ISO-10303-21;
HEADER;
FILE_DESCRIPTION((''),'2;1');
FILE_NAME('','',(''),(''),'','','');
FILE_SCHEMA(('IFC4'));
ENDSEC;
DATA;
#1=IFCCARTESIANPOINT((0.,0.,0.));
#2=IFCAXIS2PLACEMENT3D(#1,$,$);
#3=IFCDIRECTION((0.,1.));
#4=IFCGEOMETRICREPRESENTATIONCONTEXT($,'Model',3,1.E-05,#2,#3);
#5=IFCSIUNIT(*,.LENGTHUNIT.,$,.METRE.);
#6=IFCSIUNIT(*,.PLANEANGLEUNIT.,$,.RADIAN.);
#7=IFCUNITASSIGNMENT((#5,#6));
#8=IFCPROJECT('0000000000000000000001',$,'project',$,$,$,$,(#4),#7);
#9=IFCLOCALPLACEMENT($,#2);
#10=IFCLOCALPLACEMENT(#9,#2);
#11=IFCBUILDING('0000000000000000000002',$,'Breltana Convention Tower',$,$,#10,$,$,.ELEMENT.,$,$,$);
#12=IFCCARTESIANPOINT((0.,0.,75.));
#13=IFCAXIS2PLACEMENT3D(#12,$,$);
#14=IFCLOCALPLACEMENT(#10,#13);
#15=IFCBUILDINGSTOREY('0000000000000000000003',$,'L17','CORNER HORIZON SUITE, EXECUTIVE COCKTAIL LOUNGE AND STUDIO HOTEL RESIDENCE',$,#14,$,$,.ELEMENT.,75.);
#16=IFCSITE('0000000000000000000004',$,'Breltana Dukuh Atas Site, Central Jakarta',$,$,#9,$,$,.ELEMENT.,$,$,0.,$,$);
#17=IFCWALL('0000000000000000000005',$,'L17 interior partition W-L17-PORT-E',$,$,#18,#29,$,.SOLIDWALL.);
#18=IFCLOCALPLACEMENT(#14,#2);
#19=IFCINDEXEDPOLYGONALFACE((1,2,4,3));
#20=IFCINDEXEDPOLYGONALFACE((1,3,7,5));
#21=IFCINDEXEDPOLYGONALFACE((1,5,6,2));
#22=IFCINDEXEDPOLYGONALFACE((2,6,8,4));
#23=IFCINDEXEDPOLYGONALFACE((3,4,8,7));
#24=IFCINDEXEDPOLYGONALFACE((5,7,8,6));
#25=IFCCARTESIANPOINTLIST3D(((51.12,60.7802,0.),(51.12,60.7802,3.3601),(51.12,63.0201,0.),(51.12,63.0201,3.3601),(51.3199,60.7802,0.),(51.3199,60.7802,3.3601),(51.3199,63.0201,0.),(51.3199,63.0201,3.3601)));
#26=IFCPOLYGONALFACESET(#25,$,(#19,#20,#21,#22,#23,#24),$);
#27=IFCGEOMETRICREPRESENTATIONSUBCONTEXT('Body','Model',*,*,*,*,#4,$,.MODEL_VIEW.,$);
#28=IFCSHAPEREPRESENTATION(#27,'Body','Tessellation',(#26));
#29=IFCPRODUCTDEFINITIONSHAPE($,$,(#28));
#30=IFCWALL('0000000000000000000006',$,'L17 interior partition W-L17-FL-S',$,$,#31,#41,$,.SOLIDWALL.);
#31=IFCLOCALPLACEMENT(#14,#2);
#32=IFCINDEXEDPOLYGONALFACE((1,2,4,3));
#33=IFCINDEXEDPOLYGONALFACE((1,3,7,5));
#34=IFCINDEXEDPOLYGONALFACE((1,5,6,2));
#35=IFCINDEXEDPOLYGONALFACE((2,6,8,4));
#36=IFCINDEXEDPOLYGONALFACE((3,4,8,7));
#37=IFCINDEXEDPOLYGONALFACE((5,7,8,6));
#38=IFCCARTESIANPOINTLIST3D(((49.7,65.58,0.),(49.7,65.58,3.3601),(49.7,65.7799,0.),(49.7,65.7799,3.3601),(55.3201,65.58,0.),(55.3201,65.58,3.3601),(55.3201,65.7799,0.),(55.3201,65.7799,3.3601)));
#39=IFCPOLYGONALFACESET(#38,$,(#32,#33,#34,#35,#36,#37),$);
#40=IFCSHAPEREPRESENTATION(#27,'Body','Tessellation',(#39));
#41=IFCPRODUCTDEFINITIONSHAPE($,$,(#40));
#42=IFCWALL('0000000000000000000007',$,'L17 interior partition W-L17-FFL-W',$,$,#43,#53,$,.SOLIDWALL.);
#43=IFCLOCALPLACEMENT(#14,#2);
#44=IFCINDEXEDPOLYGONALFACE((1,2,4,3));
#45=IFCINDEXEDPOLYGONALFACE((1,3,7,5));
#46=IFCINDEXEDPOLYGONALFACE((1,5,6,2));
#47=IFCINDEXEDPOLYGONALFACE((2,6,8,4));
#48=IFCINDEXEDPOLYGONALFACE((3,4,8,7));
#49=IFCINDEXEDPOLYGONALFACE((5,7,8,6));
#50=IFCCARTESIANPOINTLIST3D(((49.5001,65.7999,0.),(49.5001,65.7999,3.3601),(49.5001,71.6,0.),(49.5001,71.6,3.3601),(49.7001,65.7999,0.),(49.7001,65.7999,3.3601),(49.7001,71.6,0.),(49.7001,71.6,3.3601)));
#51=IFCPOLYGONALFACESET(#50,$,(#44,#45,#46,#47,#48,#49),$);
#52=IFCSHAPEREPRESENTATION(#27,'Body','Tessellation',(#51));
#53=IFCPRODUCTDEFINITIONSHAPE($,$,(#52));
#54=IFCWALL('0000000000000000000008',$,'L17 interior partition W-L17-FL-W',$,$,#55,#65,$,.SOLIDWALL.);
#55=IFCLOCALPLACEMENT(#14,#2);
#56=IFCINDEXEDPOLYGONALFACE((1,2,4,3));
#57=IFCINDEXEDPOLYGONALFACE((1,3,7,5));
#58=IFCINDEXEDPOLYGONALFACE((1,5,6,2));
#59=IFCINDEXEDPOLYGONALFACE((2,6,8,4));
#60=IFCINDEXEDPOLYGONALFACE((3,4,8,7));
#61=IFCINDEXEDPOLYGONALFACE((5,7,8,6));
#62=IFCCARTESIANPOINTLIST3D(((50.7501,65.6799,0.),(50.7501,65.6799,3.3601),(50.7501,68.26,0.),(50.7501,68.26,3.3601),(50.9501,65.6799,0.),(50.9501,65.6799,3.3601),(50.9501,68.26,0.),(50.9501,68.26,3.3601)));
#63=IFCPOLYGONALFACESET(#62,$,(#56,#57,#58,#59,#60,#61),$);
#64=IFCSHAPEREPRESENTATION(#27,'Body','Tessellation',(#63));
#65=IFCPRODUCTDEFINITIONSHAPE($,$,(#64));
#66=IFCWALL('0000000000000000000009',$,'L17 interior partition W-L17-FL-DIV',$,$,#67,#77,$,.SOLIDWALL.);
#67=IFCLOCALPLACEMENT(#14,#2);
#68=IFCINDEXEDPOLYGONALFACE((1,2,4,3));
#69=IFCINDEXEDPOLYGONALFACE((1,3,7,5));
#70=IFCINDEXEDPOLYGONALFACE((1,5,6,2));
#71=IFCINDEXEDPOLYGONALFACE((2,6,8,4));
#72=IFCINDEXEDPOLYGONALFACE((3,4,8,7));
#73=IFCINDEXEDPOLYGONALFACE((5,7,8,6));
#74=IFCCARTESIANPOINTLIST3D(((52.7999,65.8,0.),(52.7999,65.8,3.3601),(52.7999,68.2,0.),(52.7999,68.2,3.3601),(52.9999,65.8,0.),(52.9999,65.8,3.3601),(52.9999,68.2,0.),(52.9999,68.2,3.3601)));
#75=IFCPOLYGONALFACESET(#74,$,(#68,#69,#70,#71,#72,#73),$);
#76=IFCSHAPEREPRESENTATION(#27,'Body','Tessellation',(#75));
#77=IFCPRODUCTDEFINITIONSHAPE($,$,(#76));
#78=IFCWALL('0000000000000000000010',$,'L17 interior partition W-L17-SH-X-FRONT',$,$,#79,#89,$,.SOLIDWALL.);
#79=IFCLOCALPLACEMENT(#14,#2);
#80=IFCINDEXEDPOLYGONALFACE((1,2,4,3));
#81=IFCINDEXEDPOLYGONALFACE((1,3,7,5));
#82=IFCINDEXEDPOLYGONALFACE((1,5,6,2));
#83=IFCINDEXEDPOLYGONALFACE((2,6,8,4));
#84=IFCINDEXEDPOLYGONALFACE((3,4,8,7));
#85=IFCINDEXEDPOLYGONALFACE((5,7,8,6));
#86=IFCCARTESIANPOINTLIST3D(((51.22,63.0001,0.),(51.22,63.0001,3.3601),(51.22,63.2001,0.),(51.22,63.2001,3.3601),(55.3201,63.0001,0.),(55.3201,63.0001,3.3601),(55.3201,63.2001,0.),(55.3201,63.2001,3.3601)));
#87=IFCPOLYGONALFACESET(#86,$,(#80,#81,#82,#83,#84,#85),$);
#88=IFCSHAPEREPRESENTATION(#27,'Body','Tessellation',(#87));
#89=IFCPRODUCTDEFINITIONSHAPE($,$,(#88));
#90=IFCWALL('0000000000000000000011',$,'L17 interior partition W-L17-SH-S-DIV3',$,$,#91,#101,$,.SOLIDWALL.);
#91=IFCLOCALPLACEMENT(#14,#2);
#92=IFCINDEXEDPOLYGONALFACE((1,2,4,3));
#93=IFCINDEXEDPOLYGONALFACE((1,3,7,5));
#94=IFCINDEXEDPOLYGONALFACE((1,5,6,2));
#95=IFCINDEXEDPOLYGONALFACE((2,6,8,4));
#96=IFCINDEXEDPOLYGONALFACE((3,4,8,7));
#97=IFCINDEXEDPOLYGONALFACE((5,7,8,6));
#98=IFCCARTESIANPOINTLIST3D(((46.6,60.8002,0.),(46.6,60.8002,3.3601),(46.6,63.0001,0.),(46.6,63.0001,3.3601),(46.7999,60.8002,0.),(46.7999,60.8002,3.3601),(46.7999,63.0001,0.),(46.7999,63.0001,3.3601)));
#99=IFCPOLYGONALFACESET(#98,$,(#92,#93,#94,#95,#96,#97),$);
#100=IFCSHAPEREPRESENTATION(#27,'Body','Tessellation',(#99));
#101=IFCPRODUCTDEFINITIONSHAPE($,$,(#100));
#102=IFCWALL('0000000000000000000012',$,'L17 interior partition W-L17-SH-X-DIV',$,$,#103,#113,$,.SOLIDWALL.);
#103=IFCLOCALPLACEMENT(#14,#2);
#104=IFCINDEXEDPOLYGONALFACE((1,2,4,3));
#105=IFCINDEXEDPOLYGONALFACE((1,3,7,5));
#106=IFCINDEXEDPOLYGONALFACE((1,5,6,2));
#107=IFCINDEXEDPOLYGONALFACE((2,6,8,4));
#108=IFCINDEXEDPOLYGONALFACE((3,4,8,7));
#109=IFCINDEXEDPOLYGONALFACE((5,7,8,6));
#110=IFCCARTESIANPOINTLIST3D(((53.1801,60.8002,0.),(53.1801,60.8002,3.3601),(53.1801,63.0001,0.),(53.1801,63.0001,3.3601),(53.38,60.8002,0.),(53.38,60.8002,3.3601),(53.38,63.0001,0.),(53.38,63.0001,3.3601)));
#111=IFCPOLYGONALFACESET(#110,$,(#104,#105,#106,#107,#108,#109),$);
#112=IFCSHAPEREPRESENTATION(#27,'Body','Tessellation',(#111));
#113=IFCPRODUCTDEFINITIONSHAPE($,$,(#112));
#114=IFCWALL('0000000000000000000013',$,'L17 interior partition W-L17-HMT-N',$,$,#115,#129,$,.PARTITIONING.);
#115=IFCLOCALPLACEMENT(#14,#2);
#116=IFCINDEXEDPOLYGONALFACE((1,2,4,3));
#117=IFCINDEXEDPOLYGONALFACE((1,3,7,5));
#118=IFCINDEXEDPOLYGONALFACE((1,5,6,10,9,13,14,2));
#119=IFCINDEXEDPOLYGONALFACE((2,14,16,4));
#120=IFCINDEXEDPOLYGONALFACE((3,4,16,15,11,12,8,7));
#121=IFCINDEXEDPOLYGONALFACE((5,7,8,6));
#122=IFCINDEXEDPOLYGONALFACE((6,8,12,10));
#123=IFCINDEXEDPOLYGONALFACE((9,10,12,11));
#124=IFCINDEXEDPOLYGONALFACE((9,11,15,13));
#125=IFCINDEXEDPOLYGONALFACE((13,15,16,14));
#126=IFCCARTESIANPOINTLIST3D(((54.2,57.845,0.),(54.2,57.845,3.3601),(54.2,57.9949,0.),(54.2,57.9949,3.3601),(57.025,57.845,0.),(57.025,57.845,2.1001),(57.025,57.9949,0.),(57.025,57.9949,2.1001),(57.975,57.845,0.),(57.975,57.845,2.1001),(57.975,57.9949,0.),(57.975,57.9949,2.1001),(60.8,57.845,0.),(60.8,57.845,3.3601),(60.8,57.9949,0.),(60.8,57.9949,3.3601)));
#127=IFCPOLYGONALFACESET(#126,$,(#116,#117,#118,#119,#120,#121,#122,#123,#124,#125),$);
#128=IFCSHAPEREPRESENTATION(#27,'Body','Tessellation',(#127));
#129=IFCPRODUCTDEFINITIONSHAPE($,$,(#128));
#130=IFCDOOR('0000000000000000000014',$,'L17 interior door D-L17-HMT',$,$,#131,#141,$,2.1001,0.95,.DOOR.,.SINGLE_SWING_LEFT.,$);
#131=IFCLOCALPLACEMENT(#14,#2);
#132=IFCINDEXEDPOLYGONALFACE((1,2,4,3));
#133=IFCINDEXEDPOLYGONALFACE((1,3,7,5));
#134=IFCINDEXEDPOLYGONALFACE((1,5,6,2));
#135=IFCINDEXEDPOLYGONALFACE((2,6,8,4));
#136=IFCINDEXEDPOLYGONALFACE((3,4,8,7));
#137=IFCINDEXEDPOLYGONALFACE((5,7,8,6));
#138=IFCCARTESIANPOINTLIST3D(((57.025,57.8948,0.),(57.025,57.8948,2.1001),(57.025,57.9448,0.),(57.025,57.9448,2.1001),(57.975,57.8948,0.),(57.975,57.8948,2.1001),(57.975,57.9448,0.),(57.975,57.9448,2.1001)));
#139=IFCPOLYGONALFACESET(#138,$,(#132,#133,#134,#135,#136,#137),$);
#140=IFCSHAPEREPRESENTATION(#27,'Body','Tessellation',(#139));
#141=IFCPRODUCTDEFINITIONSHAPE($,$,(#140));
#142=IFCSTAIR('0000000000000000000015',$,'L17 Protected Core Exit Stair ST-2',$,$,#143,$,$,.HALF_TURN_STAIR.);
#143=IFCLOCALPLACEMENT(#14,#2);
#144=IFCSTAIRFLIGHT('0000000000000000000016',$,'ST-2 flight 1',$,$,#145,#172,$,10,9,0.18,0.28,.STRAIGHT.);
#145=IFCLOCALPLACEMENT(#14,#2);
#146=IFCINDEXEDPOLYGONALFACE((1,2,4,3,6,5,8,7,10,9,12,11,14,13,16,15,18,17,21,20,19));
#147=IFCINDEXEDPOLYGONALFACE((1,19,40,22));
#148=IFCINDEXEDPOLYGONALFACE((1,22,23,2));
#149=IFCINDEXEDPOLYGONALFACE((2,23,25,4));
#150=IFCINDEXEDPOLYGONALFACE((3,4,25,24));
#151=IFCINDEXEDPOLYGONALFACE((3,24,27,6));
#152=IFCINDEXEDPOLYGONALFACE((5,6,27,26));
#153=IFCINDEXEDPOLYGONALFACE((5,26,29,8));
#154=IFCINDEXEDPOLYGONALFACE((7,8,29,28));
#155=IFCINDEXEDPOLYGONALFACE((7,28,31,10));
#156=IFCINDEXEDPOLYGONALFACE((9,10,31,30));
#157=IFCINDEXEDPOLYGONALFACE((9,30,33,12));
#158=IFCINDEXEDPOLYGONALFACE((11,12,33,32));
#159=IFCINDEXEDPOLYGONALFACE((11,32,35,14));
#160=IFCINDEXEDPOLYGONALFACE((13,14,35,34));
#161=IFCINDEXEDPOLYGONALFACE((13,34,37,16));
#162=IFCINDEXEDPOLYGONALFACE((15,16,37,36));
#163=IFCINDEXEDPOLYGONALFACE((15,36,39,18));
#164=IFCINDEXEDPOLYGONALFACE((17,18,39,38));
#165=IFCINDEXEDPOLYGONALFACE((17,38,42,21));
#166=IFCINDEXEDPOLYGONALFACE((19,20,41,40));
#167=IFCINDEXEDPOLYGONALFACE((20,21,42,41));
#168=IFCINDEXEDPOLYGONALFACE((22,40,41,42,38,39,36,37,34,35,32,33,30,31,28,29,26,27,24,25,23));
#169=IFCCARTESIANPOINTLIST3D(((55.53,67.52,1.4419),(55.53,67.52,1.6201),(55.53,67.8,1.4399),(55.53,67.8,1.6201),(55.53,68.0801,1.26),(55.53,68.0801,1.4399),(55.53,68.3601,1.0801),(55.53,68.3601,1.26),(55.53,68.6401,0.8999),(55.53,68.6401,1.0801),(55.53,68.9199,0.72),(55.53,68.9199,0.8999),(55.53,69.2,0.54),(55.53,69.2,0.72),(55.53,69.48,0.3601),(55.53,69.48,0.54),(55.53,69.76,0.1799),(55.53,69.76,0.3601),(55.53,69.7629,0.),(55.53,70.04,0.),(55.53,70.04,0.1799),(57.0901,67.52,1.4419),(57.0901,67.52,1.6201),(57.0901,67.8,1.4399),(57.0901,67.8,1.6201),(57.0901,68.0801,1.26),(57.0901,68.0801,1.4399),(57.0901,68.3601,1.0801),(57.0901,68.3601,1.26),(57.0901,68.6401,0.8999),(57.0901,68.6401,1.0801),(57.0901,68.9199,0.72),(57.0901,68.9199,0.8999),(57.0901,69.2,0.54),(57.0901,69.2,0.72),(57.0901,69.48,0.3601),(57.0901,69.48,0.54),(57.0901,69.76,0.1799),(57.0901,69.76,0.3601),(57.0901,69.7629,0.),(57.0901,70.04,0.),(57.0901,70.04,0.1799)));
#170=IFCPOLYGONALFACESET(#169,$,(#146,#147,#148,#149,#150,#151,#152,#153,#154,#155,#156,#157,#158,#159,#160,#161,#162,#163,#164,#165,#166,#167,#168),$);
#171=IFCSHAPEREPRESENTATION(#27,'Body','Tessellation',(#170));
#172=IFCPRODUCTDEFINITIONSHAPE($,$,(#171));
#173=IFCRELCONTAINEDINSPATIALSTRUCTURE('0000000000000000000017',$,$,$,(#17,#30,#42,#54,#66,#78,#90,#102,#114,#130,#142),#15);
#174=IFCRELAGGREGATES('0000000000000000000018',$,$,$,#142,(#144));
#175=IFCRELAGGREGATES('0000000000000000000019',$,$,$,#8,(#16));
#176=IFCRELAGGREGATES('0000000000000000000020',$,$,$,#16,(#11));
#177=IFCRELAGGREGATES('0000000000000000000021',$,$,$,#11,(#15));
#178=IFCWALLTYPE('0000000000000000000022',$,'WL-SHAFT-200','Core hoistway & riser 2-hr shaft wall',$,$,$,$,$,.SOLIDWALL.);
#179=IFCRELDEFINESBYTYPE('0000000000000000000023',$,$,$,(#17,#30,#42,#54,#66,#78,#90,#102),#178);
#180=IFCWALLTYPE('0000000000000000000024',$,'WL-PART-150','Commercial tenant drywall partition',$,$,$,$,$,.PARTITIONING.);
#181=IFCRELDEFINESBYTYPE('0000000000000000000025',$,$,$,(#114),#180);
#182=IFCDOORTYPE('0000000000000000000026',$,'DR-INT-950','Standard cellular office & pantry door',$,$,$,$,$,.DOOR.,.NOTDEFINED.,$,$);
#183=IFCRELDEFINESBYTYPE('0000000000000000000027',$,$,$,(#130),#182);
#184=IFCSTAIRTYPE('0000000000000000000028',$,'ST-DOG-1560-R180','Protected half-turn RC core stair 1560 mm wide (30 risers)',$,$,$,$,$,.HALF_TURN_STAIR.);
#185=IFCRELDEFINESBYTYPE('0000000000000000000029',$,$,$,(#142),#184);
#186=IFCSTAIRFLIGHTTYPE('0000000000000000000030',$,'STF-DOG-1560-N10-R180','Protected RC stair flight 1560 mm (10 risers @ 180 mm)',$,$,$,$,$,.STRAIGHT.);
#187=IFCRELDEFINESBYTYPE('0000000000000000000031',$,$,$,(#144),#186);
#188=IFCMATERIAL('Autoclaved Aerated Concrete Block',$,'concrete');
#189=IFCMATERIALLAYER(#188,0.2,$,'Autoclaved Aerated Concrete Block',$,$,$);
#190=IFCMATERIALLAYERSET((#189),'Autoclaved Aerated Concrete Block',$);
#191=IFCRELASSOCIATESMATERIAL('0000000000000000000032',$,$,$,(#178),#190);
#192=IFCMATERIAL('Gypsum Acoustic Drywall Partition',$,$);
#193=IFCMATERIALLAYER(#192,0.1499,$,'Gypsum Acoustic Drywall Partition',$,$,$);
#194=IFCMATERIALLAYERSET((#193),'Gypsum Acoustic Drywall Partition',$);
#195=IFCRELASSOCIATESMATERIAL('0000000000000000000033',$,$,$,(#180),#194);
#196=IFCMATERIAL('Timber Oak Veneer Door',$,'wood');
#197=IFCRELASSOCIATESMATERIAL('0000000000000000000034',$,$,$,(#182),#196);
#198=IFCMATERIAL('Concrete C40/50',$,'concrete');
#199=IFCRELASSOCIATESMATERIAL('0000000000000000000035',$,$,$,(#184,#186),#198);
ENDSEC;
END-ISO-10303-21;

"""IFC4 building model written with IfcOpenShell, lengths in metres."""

from ifc_helpers import new_model, si_unit, direction, frame, frame_2d, origin, place, context, subcontext, project, spatial, polyline, rectangle, outline, extrude, source, transform, mapped, material, layer, layer_set, type_object, type_shapes, element, fill, aggregate, save


model = new_model("IFC4")

# Units and contexts
model_context = context("Model", 3, precision=1e-05, world=origin(), true_north=direction((0.0, 1.0)))
body_context = subcontext(model_context, "Body", "Model", "MODEL_VIEW")
ifc_project = project(units=[si_unit("LENGTHUNIT", "METRE"), si_unit("PLANEANGLEUNIT", "RADIAN")], contexts=[model_context])

# Site, building, storey
site_placement = place(None, origin())
site = spatial("IfcSite", under=ifc_project, at=site_placement, Name="Breltana Dukuh Atas Site, Central Jakarta", CompositionType="ELEMENT", RefElevation=0.0)
building_placement = place(site_placement, origin())
building = spatial("IfcBuilding", under=site, at=building_placement, Name="Breltana Convention Tower", CompositionType="ELEMENT")
storey_placement = place(building_placement, frame((0.0, 0.0, 75.0)))
storey = spatial("IfcBuildingStorey", under=building, at=storey_placement, Name="L17", Description="CORNER HORIZON SUITE, EXECUTIVE COCKTAIL LOUNGE AND STUDIO HOTEL RESIDENCE", CompositionType="ELEMENT", Elevation=75.0)

# Wall
ifc_material_1 = material(Name="Autoclaved Aerated Concrete Block", Category="concrete")
ifc_layer_1 = layer(ifc_material_1, 0.2, Name="Autoclaved Aerated Concrete Block")
ifc_layer_set_1 = layer_set([ifc_layer_1], Name="Autoclaved Aerated Concrete Block")
wall_type_1 = type_object("IfcWallType", Name="WL-SHAFT-200", Description="Core hoistway & riser 2-hr shaft wall", PredefinedType="SOLIDWALL", material=ifc_layer_set_1)
shared_shape_1 = source(origin(), body_context, "Body", "SweptSolid", [
    extrude(rectangle(XDim=2.24, YDim=0.2, at=frame_2d((1.1201, 0.0))), origin(), (0.0, 0.0, 1.0), 3.3601),
])
for number, where, z_axis, x_axis, name in (
    (1, (51.22, 60.78, 0.0), (0.0, 0.0, 1.0), (0.0, 1.0, 0.0), "L17 interior partition W-L17-PORT-E"),
):
    element("IfcWall", number, at=place(storey_placement, frame(where, z_axis=z_axis, x_axis=x_axis)), inside=storey, type_object=wall_type_1, Name=name, PredefinedType="SOLIDWALL", context=body_context, shape_type="MappedRepresentation", body=[
        mapped(shared_shape_1, transform((0.0, 0.0, 0.0), scale=1.0)),
    ])

# Shared definitions
shared_shape_2 = source(origin(), body_context, "Body", "SweptSolid", [
    extrude(rectangle(XDim=5.6201, YDim=0.2, at=frame_2d((2.8101, 0.0))), origin(), (0.0, 0.0, 1.0), 3.3601),
])

# Walls
wall_1_placement = place(storey_placement, frame((49.7, 65.6799, 0.0), z_axis=(0.0, 0.0, 1.0), x_axis=(1.0, 0.0, 0.0)))
element("IfcWall", 2, at=wall_1_placement, inside=storey, type_object=wall_type_1, Name="L17 interior partition W-L17-FL-S", PredefinedType="SOLIDWALL", context=body_context, shape_type="MappedRepresentation", body=[
    mapped(shared_shape_2, transform((0.0, 0.0, 0.0), scale=1.0)),
])
shared_shape_3 = source(origin(), body_context, "Body", "SweptSolid", [
    extrude(rectangle(XDim=5.8, YDim=0.2, at=frame_2d((2.8999, 0.0))), origin(), (0.0, 0.0, 1.0), 3.3601),
])
wall_2_placement = place(storey_placement, frame((49.6001, 65.8, 0.0), z_axis=(0.0, 0.0, 1.0), x_axis=(0.0, 1.0, 0.0)))
element("IfcWall", 3, at=wall_2_placement, inside=storey, type_object=wall_type_1, Name="L17 interior partition W-L17-FFL-W", PredefinedType="SOLIDWALL", context=body_context, shape_type="MappedRepresentation", body=[
    mapped(shared_shape_3, transform((0.0, 0.0, 0.0), scale=1.0)),
])
shared_shape_4 = source(origin(), body_context, "Body", "SweptSolid", [
    extrude(rectangle(XDim=2.5801, YDim=0.2, at=frame_2d((1.29, 0.0))), origin(), (0.0, 0.0, 1.0), 3.3601),
])
wall_3_placement = place(storey_placement, frame((50.8501, 65.6799, 0.0), z_axis=(0.0, 0.0, 1.0), x_axis=(0.0, 1.0, 0.0)))
element("IfcWall", 4, at=wall_3_placement, inside=storey, type_object=wall_type_1, Name="L17 interior partition W-L17-FL-W", PredefinedType="SOLIDWALL", context=body_context, shape_type="MappedRepresentation", body=[
    mapped(shared_shape_4, transform((0.0, 0.0, 0.0), scale=1.0)),
])
shared_shape_5 = source(origin(), body_context, "Body", "SweptSolid", [
    extrude(rectangle(XDim=2.3999, YDim=0.2, at=frame_2d((1.2, 0.0))), origin(), (0.0, 0.0, 1.0), 3.3601),
])
wall_4_placement = place(storey_placement, frame((52.8999, 65.8, 0.0), z_axis=(0.0, 0.0, 1.0), x_axis=(0.0, 1.0, 0.0)))
element("IfcWall", 5, at=wall_4_placement, inside=storey, type_object=wall_type_1, Name="L17 interior partition W-L17-FL-DIV", PredefinedType="SOLIDWALL", context=body_context, shape_type="MappedRepresentation", body=[
    mapped(shared_shape_5, transform((0.0, 0.0, 0.0), scale=1.0)),
])
shared_shape_6 = source(origin(), body_context, "Body", "SweptSolid", [
    extrude(rectangle(XDim=4.1001, YDim=0.2, at=frame_2d((2.05, 0.0))), origin(), (0.0, 0.0, 1.0), 3.3601),
])
wall_5_placement = place(storey_placement, frame((51.22, 63.1001, 0.0), z_axis=(0.0, 0.0, 1.0), x_axis=(1.0, 0.0, 0.0)))
element("IfcWall", 6, at=wall_5_placement, inside=storey, type_object=wall_type_1, Name="L17 interior partition W-L17-SH-X-FRONT", PredefinedType="SOLIDWALL", context=body_context, shape_type="MappedRepresentation", body=[
    mapped(shared_shape_6, transform((0.0, 0.0, 0.0), scale=1.0)),
])
shared_shape_7 = source(origin(), body_context, "Body", "SweptSolid", [
    extrude(rectangle(XDim=2.2, YDim=0.2, at=frame_2d((1.1001, 0.0))), origin(), (0.0, 0.0, 1.0), 3.3601),
])
for number, where, z_axis, x_axis, name in (
    (7, (46.7, 60.8, 0.0), (0.0, 0.0, 1.0), (0.0, 1.0, 0.0), "L17 interior partition W-L17-SH-S-DIV3"),
    (8, (53.28, 60.8, 0.0), (0.0, 0.0, 1.0), (0.0, 1.0, 0.0), "L17 interior partition W-L17-SH-X-DIV"),
):
    element("IfcWall", number, at=place(storey_placement, frame(where, z_axis=z_axis, x_axis=x_axis)), inside=storey, type_object=wall_type_1, Name=name, PredefinedType="SOLIDWALL", context=body_context, shape_type="MappedRepresentation", body=[
        mapped(shared_shape_7, transform((0.0, 0.0, 0.0), scale=1.0)),
    ])

# Wall, opening, door
ifc_material_2 = material(Name="Gypsum Acoustic Drywall Partition")
ifc_layer_2 = layer(ifc_material_2, 0.1499, Name="Gypsum Acoustic Drywall Partition")
ifc_layer_set_2 = layer_set([ifc_layer_2], Name="Gypsum Acoustic Drywall Partition")
wall_type_2 = type_object("IfcWallType", Name="WL-PART-150", Description="Commercial tenant drywall partition", PredefinedType="PARTITIONING", material=ifc_layer_set_2)
shared_shape_8 = source(origin(), body_context, "Body", "SweptSolid", [
    extrude(rectangle(XDim=6.6001, YDim=0.1499, at=frame_2d((3.3, 0.0))), origin(), (0.0, 0.0, 1.0), 3.3601),
])
wall_6_placement = place(storey_placement, frame((54.2, 57.9199, 0.0), z_axis=(0.0, 0.0, 1.0), x_axis=(1.0, 0.0, 0.0)))
wall_6 = element("IfcWall", 9, at=wall_6_placement, inside=storey, type_object=wall_type_2, Name="L17 interior partition W-L17-HMT-N", PredefinedType="PARTITIONING", context=body_context, shape_type="MappedRepresentation", body=[
    mapped(shared_shape_8, transform((0.0, 0.0, 0.0), scale=1.0)),
])
opening_1_placement = place(wall_6_placement, frame((2.825, 0.0, 0.0)))
opening_1 = element("IfcOpeningElement", 10, at=opening_1_placement, cuts=wall_6, PredefinedType="OPENING", context=body_context, shape_type="SweptSolid", body=[
    extrude(rectangle(XDim=0.95, YDim=2.1001, at=frame_2d((0.4751, 1.05))), frame((0.0, 0.085, 0.0), z_axis=(0.0, -1.0, 0.0), x_axis=(1.0, 0.0, 0.0)), (0.0, 0.0, 1.0), 0.1699),
])
ifc_material_3 = material(Name="Timber Oak Veneer Door", Category="wood")
door_type_1 = type_object("IfcDoorType", Name="DR-INT-950", Description="Standard cellular office & pantry door", OperationType="NOTDEFINED", PredefinedType="DOOR", material=ifc_material_3)
shared_shape_9 = source(origin(), body_context, "Body", "SweptSolid", [
    extrude(rectangle(XDim=0.95, YDim=2.1001, at=frame_2d((0.4751, 1.05))), frame((0.0, 0.0249, 0.0), z_axis=(0.0, -1.0, 0.0), x_axis=(1.0, 0.0, 0.0)), (0.0, 0.0, 1.0), 0.05),
])
type_shapes(door_type_1, [shared_shape_9])
door_1_placement = place(opening_1_placement, origin())
door_1 = element("IfcDoor", 11, at=door_1_placement, inside=storey, type_object=door_type_1, Name="L17 interior door D-L17-HMT", OperationType="SINGLE_SWING_LEFT", OverallHeight=2.1001, OverallWidth=0.95, PredefinedType="DOOR", context=body_context, shape_type="MappedRepresentation", body=[
    mapped(shared_shape_9, transform((0.0, 0.0, 0.0), scale=1.0)),
])
fill(opening_1, door_1)

# Stair, stair flight
ifc_material_4 = material(Name="Concrete C40/50", Category="concrete")
stair_type = type_object("IfcStairType", Name="ST-DOG-1560-R180", Description="Protected half-turn RC core stair 1560 mm wide (30 risers)", PredefinedType="HALF_TURN_STAIR", material=ifc_material_4)
stair_placement = place(storey_placement, origin())
stair = element("IfcStair", 12, at=stair_placement, inside=storey, type_object=stair_type, Name="L17 Protected Core Exit Stair ST-2", PredefinedType="HALF_TURN_STAIR")
stair_flight_type = type_object("IfcStairFlightType", Name="STF-DOG-1560-N10-R180", Description="Protected RC stair flight 1560 mm (10 risers @ 180 mm)", PredefinedType="STRAIGHT", material=ifc_material_4)
stair_flight_1_placement = place(storey_placement, frame((56.3101, 70.04, 0.0), z_axis=(0.0, 0.0, 1.0), x_axis=(0.0, -1.0, 0.0)))
stair_flight_1 = element("IfcStairFlight", 13, at=stair_flight_1_placement, type_object=stair_flight_type, Name="ST-2 flight 1", NumberOfRisers=10, NumberOfTreads=9, PredefinedType="STRAIGHT", RiserHeight=0.18, TreadLength=0.28, context=body_context, shape_type="SweptSolid", body=[
    extrude(outline(polyline([(0.0, 0.0), (0.0, 0.1799), (0.28, 0.1799), (0.28, 0.3601), (0.5601, 0.3601), (0.5601, 0.54), (0.8401, 0.54), (0.8401, 0.72), (1.1201, 0.72), (1.1201, 0.8999), (1.3999, 0.8999), (1.3999, 1.0801), (1.6799, 1.0801), (1.6799, 1.26), (1.96, 1.26), (1.96, 1.4399), (2.24, 1.4399), (2.24, 1.6201), (2.52, 1.6201), (2.52, 1.8), (2.52, 1.4419), (0.2771, 0.0), (0.0, 0.0)])), frame((0.0, 0.78, 0.0), z_axis=(0.0, -1.0, 0.0), x_axis=(1.0, 0.0, 0.0)), (0.0, 0.0, 1.0), 1.5601),
])
aggregate(stair, [stair_flight_1])

save(model, "model.ifc")
